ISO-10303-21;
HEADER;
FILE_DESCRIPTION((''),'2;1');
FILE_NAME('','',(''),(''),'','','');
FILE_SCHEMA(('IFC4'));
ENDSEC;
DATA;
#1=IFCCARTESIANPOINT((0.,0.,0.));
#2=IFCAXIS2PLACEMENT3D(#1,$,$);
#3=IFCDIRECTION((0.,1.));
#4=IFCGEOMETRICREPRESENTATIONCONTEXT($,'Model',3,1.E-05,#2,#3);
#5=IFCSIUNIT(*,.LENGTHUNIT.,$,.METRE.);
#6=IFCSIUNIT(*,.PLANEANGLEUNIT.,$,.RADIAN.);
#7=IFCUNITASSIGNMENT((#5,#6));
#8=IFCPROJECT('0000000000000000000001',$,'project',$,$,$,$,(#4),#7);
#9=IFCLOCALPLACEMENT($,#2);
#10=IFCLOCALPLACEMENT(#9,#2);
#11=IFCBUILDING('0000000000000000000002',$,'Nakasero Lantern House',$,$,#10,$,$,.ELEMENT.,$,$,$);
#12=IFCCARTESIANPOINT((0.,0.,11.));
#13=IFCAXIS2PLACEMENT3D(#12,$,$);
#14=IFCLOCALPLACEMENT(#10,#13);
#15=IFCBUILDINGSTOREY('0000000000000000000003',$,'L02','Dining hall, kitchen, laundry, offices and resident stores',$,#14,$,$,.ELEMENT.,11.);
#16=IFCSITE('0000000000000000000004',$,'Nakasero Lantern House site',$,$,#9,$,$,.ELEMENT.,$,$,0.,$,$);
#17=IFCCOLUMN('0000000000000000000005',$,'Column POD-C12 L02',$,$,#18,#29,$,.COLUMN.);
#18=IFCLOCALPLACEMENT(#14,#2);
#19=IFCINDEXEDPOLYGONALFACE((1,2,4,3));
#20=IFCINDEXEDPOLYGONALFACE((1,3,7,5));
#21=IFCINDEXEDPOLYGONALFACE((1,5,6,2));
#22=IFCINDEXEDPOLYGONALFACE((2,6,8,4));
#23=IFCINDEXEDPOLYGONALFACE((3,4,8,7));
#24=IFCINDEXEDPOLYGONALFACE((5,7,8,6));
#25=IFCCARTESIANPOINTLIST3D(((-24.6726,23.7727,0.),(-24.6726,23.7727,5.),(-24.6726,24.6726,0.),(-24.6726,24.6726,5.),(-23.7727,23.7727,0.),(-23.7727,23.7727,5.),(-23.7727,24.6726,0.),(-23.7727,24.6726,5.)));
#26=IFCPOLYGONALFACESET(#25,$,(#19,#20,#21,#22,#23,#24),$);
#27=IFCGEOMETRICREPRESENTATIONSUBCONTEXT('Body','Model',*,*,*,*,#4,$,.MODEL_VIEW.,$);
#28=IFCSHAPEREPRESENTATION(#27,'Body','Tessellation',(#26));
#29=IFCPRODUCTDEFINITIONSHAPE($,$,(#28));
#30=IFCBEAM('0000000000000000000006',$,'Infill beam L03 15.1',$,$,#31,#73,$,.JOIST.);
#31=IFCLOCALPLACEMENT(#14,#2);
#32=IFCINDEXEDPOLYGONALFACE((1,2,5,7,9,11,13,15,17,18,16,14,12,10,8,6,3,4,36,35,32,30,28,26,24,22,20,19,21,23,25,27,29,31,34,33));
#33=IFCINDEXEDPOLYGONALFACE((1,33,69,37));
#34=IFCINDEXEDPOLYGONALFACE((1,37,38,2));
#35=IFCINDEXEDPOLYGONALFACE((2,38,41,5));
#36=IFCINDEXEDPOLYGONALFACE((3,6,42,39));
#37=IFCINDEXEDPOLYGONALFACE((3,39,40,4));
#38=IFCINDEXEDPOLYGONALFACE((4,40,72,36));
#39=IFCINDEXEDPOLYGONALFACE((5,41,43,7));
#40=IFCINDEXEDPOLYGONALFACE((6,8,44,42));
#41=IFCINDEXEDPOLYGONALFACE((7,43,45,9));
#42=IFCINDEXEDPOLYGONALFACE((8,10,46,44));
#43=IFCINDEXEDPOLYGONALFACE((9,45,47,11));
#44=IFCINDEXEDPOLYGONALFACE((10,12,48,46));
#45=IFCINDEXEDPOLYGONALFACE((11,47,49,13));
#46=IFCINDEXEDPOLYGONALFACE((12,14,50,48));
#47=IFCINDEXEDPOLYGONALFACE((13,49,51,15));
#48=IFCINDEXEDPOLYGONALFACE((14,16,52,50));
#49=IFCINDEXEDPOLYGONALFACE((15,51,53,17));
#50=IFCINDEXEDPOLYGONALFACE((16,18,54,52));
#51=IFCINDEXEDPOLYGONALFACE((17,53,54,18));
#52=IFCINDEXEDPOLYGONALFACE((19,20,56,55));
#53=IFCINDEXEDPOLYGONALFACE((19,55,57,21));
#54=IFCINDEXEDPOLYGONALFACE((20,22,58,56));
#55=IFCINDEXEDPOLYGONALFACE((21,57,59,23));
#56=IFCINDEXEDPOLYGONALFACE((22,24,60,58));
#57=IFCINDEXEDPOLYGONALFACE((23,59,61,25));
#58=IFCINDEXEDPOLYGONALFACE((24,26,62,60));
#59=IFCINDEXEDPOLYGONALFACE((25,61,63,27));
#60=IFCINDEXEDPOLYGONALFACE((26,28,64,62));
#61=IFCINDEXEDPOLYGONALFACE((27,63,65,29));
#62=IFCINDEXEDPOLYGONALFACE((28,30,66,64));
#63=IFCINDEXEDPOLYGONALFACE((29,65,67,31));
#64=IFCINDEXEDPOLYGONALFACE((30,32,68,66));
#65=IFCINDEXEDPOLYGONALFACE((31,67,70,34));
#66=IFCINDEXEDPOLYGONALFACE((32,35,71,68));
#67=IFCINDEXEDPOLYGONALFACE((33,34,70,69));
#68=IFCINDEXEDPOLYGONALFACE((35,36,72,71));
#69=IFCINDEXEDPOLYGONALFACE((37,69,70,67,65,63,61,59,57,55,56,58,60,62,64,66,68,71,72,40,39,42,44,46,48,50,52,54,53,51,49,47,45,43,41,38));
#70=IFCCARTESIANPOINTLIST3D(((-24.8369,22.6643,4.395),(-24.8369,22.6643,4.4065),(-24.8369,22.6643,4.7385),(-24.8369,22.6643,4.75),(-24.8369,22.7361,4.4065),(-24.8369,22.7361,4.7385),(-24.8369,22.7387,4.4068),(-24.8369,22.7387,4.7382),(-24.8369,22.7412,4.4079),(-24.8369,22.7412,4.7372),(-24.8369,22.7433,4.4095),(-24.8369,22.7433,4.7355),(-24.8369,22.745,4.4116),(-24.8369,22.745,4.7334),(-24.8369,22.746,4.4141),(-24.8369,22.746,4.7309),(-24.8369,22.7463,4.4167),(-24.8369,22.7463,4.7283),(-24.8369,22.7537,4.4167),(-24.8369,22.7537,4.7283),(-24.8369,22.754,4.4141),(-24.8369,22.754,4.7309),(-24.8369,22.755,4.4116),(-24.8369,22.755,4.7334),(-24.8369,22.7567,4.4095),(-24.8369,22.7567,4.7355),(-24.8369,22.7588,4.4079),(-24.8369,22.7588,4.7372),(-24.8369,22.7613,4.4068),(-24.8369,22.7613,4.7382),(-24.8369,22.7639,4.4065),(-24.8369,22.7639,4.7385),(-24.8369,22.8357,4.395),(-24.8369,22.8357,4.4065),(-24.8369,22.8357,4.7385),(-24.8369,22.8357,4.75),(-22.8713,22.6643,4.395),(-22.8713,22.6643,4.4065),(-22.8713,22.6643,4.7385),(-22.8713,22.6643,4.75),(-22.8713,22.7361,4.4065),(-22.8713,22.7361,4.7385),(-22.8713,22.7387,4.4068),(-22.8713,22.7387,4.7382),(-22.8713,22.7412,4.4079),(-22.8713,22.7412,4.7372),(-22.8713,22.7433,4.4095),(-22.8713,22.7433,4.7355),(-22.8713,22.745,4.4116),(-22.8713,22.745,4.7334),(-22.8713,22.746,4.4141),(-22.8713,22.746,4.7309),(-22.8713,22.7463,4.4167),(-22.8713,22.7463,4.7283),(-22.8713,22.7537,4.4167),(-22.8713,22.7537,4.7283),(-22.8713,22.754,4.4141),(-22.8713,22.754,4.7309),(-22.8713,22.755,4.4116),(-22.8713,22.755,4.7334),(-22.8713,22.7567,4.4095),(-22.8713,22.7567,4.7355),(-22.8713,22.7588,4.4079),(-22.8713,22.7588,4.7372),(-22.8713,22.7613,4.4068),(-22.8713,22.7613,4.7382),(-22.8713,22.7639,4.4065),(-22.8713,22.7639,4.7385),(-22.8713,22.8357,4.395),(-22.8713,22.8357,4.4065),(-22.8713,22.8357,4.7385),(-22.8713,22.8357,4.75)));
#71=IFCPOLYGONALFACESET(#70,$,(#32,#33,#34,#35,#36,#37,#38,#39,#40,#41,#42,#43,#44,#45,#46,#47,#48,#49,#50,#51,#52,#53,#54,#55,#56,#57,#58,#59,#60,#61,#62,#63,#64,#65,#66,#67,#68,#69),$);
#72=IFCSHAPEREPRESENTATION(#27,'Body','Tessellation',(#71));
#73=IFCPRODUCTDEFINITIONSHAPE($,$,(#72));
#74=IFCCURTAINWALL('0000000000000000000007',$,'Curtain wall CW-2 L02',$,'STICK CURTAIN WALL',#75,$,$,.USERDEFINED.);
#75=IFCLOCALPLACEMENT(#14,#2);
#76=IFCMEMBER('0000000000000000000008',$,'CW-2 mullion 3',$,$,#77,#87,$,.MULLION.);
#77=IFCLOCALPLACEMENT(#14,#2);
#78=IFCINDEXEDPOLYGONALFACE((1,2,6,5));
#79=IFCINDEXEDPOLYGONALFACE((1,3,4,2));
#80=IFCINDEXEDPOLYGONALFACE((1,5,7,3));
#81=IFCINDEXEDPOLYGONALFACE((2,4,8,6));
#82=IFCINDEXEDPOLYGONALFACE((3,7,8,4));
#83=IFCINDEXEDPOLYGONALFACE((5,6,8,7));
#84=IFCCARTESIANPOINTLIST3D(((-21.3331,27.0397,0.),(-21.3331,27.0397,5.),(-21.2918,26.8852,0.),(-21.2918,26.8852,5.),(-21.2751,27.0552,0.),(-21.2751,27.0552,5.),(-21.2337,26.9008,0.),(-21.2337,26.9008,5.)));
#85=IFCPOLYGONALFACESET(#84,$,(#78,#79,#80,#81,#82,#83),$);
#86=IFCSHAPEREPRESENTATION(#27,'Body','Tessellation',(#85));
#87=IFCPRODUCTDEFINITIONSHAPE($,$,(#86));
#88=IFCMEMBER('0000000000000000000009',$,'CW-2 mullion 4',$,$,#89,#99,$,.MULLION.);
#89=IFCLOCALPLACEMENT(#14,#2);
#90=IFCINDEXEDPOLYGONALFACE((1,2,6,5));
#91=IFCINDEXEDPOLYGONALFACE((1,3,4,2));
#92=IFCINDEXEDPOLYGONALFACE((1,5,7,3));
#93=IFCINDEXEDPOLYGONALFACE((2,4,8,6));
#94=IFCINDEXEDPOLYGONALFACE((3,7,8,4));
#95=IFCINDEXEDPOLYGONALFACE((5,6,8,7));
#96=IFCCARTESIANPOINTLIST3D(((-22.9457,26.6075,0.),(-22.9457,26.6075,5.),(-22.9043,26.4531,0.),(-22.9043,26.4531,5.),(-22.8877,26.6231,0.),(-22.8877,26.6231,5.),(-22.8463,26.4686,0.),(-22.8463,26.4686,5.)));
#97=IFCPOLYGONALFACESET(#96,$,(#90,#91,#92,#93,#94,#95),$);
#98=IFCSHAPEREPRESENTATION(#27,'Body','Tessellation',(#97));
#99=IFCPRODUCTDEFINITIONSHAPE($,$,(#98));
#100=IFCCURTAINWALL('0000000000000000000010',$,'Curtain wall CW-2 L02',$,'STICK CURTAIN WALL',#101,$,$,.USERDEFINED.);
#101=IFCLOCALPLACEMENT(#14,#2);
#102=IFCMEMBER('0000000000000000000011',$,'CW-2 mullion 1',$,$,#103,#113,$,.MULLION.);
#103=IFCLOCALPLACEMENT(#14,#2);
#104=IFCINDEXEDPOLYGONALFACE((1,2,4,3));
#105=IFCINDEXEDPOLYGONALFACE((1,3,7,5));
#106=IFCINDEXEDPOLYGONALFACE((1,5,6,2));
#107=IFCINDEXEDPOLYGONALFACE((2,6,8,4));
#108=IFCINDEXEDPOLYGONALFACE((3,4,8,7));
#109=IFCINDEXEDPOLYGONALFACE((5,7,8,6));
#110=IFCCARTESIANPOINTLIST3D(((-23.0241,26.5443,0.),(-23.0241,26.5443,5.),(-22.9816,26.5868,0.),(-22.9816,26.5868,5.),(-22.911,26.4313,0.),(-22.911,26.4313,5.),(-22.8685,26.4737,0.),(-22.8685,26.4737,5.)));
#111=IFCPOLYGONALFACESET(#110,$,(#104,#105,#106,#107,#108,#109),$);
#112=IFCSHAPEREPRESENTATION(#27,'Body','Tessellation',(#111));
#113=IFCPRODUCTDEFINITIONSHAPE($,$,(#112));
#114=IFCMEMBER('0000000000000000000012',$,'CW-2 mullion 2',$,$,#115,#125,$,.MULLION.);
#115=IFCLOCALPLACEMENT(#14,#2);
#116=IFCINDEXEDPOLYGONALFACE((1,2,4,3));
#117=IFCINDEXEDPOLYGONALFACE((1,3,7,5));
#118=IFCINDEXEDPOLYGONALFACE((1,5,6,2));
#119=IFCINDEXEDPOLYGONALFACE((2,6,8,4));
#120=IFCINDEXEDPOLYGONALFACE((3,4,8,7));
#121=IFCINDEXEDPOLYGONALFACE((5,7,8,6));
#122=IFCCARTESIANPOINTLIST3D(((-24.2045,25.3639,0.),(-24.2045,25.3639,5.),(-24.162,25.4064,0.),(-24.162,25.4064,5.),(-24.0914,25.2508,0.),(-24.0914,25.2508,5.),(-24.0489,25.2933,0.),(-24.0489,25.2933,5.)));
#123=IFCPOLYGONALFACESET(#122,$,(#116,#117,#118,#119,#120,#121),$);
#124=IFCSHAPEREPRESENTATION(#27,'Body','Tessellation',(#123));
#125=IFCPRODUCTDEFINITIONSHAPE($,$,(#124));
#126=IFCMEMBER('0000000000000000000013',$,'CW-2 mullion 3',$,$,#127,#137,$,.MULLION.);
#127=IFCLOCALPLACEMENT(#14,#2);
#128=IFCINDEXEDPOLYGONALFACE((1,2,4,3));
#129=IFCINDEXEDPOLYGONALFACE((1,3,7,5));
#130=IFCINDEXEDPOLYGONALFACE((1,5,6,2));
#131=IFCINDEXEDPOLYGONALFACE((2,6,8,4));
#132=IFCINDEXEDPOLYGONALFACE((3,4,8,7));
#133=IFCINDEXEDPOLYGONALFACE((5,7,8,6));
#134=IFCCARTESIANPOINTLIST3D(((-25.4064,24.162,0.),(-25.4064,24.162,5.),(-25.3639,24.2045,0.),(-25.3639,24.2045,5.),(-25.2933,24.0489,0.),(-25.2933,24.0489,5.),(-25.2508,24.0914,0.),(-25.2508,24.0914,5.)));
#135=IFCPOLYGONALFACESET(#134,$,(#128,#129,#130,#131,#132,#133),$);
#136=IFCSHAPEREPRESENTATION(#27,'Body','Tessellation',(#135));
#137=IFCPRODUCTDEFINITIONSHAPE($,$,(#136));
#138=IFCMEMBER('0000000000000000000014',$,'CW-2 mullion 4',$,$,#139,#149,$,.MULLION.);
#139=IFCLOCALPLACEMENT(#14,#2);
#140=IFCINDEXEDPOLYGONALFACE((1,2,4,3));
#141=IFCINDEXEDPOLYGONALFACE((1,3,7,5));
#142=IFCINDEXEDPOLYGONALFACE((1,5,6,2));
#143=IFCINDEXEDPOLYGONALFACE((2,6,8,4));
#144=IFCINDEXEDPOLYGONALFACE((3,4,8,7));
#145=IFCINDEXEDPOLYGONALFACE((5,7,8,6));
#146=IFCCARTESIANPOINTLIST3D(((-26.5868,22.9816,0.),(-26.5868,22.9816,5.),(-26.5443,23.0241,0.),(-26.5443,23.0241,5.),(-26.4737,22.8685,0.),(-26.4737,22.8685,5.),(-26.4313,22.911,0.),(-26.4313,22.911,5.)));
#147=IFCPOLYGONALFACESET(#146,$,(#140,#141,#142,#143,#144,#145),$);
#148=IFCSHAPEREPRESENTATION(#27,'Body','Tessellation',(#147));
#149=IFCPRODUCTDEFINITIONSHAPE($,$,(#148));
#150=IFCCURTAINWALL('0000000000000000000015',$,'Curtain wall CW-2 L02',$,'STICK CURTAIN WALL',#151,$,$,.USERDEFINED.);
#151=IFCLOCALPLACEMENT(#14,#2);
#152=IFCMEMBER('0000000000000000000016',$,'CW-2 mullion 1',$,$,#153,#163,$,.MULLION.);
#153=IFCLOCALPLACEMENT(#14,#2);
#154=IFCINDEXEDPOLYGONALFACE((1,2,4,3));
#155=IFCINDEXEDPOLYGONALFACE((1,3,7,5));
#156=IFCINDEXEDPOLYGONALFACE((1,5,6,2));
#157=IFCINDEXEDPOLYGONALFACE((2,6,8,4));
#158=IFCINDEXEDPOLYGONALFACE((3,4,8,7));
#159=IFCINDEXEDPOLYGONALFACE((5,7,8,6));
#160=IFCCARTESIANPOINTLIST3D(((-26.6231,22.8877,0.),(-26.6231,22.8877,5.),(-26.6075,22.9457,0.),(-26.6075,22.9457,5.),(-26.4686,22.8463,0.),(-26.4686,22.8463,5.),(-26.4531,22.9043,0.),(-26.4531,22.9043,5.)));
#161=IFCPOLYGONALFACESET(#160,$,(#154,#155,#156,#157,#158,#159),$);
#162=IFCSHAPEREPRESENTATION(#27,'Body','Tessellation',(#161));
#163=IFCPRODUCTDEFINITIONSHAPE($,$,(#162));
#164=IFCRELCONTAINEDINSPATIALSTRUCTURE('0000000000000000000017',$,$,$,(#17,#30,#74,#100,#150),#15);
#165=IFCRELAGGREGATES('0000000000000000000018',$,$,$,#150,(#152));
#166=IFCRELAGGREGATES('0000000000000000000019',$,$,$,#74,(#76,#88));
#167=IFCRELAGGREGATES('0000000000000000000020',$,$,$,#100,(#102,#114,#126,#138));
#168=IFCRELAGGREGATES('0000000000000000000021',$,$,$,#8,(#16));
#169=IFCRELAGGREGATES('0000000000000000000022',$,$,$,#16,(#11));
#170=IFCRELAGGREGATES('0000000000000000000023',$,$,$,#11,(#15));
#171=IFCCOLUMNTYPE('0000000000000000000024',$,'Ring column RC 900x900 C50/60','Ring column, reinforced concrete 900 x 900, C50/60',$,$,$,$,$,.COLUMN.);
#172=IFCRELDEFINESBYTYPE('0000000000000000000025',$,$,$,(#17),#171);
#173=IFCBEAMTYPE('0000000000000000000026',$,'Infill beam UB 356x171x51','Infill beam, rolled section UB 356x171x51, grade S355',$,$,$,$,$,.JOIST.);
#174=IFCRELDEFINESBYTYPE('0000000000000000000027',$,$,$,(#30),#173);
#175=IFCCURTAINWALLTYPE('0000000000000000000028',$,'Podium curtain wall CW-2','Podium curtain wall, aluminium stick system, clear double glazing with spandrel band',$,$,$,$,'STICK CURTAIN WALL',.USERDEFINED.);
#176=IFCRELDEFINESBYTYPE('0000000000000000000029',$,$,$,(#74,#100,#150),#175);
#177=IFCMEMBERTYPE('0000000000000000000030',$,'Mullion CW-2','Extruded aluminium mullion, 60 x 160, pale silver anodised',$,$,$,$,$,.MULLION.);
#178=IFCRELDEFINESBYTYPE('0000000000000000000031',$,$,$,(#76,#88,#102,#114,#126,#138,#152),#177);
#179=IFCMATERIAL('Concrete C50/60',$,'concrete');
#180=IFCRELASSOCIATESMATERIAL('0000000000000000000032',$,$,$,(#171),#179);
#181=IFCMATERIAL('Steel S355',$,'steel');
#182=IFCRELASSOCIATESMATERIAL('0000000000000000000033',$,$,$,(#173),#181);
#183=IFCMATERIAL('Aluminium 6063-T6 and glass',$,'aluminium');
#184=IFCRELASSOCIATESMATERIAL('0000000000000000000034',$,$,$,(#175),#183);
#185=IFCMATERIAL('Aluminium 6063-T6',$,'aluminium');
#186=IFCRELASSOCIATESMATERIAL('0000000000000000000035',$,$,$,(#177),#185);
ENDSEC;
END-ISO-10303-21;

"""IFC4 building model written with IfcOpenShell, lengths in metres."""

from ifc_helpers import new_model, si_unit, direction, frame, origin, origin_2d, place, context, subcontext, project, spatial, rectangle, i_section, extrude, material, material_profile, profile_set, type_object, element, aggregate, save


model = new_model("IFC4")

# Units and contexts
model_context = context("Model", 3, precision=1e-05, world=origin(), true_north=direction((0.0, 1.0)))
body_context = subcontext(model_context, "Body", "Model", "MODEL_VIEW")
ifc_project = project(units=[si_unit("LENGTHUNIT", "METRE"), si_unit("PLANEANGLEUNIT", "RADIAN")], contexts=[model_context])

# Site, building, storey
site_placement = place(None, origin())
site = spatial("IfcSite", under=ifc_project, at=site_placement, Name="Nakasero Lantern House site", CompositionType="ELEMENT", RefElevation=0.0)
building_placement = place(site_placement, origin())
building = spatial("IfcBuilding", under=site, at=building_placement, Name="Nakasero Lantern House", CompositionType="ELEMENT")
storey_placement = place(building_placement, frame((0.0, 0.0, 11.0)))
storey = spatial("IfcBuildingStorey", under=building, at=storey_placement, Name="L02", Description="Dining hall, kitchen, laundry, offices and resident stores", CompositionType="ELEMENT", Elevation=11.0)

# Column
ifc_material_1 = material(Name="Concrete C50/60", Category="concrete")
ifc_material_profile_1 = material_profile(ifc_material_1, rectangle(XDim=0.8999, YDim=0.8999, at=origin_2d()), Name="RC 900x900")
ifc_profile_set_1 = profile_set([ifc_material_profile_1], Name="Concrete C50/60")
column_type = type_object("IfcColumnType", Name="Ring column RC 900x900 C50/60", Description="Ring column, reinforced concrete 900 x 900, C50/60", PredefinedType="COLUMN", material=ifc_profile_set_1)
column_placement = place(storey_placement, frame((-24.2227, 24.2227, 0.0), z_axis=(0.0, 0.0, 1.0), x_axis=(1.0, 0.0, 0.0)))
element("IfcColumn", 1, at=column_placement, inside=storey, type_object=column_type, Name="Column POD-C12 L02", PredefinedType="COLUMN", context=body_context, shape_type="SweptSolid", body=[
    extrude(rectangle(XDim=0.8999, YDim=0.8999, at=origin_2d()), origin(), (0.0, 0.0, 1.0), 5.0),
])

# Beam
ifc_material_2 = material(Name="Steel S355", Category="steel")
ifc_material_profile_2 = material_profile(ifc_material_2, i_section(OverallWidth=0.1714, OverallDepth=0.355, WebThickness=0.0073, FlangeThickness=0.0115, FilletRadius=0.0103, at=origin_2d()), Name="UB 356x171x51")
ifc_profile_set_2 = profile_set([ifc_material_profile_2], Name="Steel S355")
beam_type_1 = type_object("IfcBeamType", Name="Infill beam UB 356x171x51", Description="Infill beam, rolled section UB 356x171x51, grade S355", PredefinedType="JOIST", material=ifc_profile_set_2)
beam_1_placement = place(storey_placement, frame((-24.8369, 22.75, 4.5725), z_axis=(1.0, 0.0, 0.0), x_axis=(0.0, 1.0, 0.0)))
element("IfcBeam", 2, at=beam_1_placement, inside=storey, type_object=beam_type_1, Name="Infill beam L03 15.1", PredefinedType="JOIST", context=body_context, shape_type="SweptSolid", body=[
    extrude(i_section(OverallWidth=0.1714, OverallDepth=0.355, WebThickness=0.0073, FlangeThickness=0.0115, FilletRadius=0.0103, at=origin_2d()), origin(), (0.0, 0.0, 1.0), 1.9656),
])

# Curtain walls, members
ifc_material_3 = material(Name="Aluminium 6063-T6 and glass", Category="aluminium")
curtain_wall_type = type_object("IfcCurtainWallType", Name="Podium curtain wall CW-2", Description="Podium curtain wall, aluminium stick system, clear double glazing with spandrel band", ElementType="STICK CURTAIN WALL", PredefinedType="USERDEFINED", material=ifc_material_3)
curtain_wall_1_placement = place(storey_placement, origin())
curtain_wall_1 = element("IfcCurtainWall", 3, at=curtain_wall_1_placement, inside=storey, type_object=curtain_wall_type, Name="Curtain wall CW-2 L02", ObjectType="STICK CURTAIN WALL", PredefinedType="USERDEFINED")
ifc_material_4 = material(Name="Aluminium 6063-T6", Category="aluminium")
ifc_material_profile_3 = material_profile(ifc_material_4, rectangle(XDim=0.0601, YDim=0.1599, at=origin_2d()), Name="CW-2 mullion 60x160")
ifc_profile_set_3 = profile_set([ifc_material_profile_3], Name="Aluminium 6063-T6")
member_type_1 = type_object("IfcMemberType", Name="Mullion CW-2", Description="Extruded aluminium mullion, 60 x 160, pale silver anodised", PredefinedType="MULLION", material=ifc_profile_set_3)
member_1_placement = place(storey_placement, frame((-21.2834, 26.9702, 0.0), z_axis=(0.0, 0.0, 1.0), x_axis=(-0.965926, -0.258819, 0.0)))
member_1 = element("IfcMember", 4, at=member_1_placement, type_object=member_type_1, Name="CW-2 mullion 3", PredefinedType="MULLION", context=body_context, shape_type="SweptSolid", body=[
    extrude(rectangle(XDim=0.0601, YDim=0.1599, at=origin_2d()), origin(), (0.0, 0.0, 1.0), 5.0),
])
member_2_placement = place(storey_placement, frame((-22.896, 26.5381, 0.0), z_axis=(0.0, 0.0, 1.0), x_axis=(-0.965926, -0.258819, 0.0)))
member_2 = element("IfcMember", 5, at=member_2_placement, type_object=member_type_1, Name="CW-2 mullion 4", PredefinedType="MULLION", context=body_context, shape_type="SweptSolid", body=[
    extrude(rectangle(XDim=0.0601, YDim=0.1599, at=origin_2d()), origin(), (0.0, 0.0, 1.0), 5.0),
])
curtain_wall_2_placement = place(storey_placement, origin())
curtain_wall_2 = element("IfcCurtainWall", 6, at=curtain_wall_2_placement, inside=storey, type_object=curtain_wall_type, Name="Curtain wall CW-2 L02", ObjectType="STICK CURTAIN WALL", PredefinedType="USERDEFINED")
member_3_placement = place(storey_placement, frame((-22.9463, 26.509, 0.0), z_axis=(0.0, 0.0, 1.0), x_axis=(-0.707107, -0.707107, 0.0)))
member_3 = element("IfcMember", 7, at=member_3_placement, type_object=member_type_1, Name="CW-2 mullion 1", PredefinedType="MULLION", context=body_context, shape_type="SweptSolid", body=[
    extrude(rectangle(XDim=0.0601, YDim=0.1599, at=origin_2d()), origin(), (0.0, 0.0, 1.0), 5.0),
])
member_4_placement = place(storey_placement, frame((-24.1267, 25.3286, 0.0), z_axis=(0.0, 0.0, 1.0), x_axis=(-0.707107, -0.707107, 0.0)))
member_4 = element("IfcMember", 8, at=member_4_placement, type_object=member_type_1, Name="CW-2 mullion 2", PredefinedType="MULLION", context=body_context, shape_type="SweptSolid", body=[
    extrude(rectangle(XDim=0.0601, YDim=0.1599, at=origin_2d()), origin(), (0.0, 0.0, 1.0), 5.0),
])
member_5_placement = place(storey_placement, frame((-25.3286, 24.1267, 0.0), z_axis=(0.0, 0.0, 1.0), x_axis=(-0.707107, -0.707107, 0.0)))
member_5 = element("IfcMember", 9, at=member_5_placement, type_object=member_type_1, Name="CW-2 mullion 3", PredefinedType="MULLION", context=body_context, shape_type="SweptSolid", body=[
    extrude(rectangle(XDim=0.0601, YDim=0.1599, at=origin_2d()), origin(), (0.0, 0.0, 1.0), 5.0),
])
member_6_placement = place(storey_placement, frame((-26.509, 22.9463, 0.0), z_axis=(0.0, 0.0, 1.0), x_axis=(-0.707107, -0.707107, 0.0)))
member_6 = element("IfcMember", 10, at=member_6_placement, type_object=member_type_1, Name="CW-2 mullion 4", PredefinedType="MULLION", context=body_context, shape_type="SweptSolid", body=[
    extrude(rectangle(XDim=0.0601, YDim=0.1599, at=origin_2d()), origin(), (0.0, 0.0, 1.0), 5.0),
])

# Curtain wall, member
curtain_wall_3_placement = place(storey_placement, origin())
curtain_wall_3 = element("IfcCurtainWall", 11, at=curtain_wall_3_placement, inside=storey, type_object=curtain_wall_type, Name="Curtain wall CW-2 L02", ObjectType="STICK CURTAIN WALL", PredefinedType="USERDEFINED")
member_7_placement = place(storey_placement, frame((-26.5381, 22.896, 0.0), z_axis=(0.0, 0.0, 1.0), x_axis=(-0.258819, -0.965926, 0.0)))
member_7 = element("IfcMember", 12, at=member_7_placement, type_object=member_type_1, Name="CW-2 mullion 1", PredefinedType="MULLION", context=body_context, shape_type="SweptSolid", body=[
    extrude(rectangle(XDim=0.0601, YDim=0.1599, at=origin_2d()), origin(), (0.0, 0.0, 1.0), 5.0),
])

aggregate(curtain_wall_3, [member_7])

aggregate(curtain_wall_1, [member_1, member_2])
aggregate(curtain_wall_2, [member_3, member_4, member_5, member_6])

save(model, "model.ifc")
